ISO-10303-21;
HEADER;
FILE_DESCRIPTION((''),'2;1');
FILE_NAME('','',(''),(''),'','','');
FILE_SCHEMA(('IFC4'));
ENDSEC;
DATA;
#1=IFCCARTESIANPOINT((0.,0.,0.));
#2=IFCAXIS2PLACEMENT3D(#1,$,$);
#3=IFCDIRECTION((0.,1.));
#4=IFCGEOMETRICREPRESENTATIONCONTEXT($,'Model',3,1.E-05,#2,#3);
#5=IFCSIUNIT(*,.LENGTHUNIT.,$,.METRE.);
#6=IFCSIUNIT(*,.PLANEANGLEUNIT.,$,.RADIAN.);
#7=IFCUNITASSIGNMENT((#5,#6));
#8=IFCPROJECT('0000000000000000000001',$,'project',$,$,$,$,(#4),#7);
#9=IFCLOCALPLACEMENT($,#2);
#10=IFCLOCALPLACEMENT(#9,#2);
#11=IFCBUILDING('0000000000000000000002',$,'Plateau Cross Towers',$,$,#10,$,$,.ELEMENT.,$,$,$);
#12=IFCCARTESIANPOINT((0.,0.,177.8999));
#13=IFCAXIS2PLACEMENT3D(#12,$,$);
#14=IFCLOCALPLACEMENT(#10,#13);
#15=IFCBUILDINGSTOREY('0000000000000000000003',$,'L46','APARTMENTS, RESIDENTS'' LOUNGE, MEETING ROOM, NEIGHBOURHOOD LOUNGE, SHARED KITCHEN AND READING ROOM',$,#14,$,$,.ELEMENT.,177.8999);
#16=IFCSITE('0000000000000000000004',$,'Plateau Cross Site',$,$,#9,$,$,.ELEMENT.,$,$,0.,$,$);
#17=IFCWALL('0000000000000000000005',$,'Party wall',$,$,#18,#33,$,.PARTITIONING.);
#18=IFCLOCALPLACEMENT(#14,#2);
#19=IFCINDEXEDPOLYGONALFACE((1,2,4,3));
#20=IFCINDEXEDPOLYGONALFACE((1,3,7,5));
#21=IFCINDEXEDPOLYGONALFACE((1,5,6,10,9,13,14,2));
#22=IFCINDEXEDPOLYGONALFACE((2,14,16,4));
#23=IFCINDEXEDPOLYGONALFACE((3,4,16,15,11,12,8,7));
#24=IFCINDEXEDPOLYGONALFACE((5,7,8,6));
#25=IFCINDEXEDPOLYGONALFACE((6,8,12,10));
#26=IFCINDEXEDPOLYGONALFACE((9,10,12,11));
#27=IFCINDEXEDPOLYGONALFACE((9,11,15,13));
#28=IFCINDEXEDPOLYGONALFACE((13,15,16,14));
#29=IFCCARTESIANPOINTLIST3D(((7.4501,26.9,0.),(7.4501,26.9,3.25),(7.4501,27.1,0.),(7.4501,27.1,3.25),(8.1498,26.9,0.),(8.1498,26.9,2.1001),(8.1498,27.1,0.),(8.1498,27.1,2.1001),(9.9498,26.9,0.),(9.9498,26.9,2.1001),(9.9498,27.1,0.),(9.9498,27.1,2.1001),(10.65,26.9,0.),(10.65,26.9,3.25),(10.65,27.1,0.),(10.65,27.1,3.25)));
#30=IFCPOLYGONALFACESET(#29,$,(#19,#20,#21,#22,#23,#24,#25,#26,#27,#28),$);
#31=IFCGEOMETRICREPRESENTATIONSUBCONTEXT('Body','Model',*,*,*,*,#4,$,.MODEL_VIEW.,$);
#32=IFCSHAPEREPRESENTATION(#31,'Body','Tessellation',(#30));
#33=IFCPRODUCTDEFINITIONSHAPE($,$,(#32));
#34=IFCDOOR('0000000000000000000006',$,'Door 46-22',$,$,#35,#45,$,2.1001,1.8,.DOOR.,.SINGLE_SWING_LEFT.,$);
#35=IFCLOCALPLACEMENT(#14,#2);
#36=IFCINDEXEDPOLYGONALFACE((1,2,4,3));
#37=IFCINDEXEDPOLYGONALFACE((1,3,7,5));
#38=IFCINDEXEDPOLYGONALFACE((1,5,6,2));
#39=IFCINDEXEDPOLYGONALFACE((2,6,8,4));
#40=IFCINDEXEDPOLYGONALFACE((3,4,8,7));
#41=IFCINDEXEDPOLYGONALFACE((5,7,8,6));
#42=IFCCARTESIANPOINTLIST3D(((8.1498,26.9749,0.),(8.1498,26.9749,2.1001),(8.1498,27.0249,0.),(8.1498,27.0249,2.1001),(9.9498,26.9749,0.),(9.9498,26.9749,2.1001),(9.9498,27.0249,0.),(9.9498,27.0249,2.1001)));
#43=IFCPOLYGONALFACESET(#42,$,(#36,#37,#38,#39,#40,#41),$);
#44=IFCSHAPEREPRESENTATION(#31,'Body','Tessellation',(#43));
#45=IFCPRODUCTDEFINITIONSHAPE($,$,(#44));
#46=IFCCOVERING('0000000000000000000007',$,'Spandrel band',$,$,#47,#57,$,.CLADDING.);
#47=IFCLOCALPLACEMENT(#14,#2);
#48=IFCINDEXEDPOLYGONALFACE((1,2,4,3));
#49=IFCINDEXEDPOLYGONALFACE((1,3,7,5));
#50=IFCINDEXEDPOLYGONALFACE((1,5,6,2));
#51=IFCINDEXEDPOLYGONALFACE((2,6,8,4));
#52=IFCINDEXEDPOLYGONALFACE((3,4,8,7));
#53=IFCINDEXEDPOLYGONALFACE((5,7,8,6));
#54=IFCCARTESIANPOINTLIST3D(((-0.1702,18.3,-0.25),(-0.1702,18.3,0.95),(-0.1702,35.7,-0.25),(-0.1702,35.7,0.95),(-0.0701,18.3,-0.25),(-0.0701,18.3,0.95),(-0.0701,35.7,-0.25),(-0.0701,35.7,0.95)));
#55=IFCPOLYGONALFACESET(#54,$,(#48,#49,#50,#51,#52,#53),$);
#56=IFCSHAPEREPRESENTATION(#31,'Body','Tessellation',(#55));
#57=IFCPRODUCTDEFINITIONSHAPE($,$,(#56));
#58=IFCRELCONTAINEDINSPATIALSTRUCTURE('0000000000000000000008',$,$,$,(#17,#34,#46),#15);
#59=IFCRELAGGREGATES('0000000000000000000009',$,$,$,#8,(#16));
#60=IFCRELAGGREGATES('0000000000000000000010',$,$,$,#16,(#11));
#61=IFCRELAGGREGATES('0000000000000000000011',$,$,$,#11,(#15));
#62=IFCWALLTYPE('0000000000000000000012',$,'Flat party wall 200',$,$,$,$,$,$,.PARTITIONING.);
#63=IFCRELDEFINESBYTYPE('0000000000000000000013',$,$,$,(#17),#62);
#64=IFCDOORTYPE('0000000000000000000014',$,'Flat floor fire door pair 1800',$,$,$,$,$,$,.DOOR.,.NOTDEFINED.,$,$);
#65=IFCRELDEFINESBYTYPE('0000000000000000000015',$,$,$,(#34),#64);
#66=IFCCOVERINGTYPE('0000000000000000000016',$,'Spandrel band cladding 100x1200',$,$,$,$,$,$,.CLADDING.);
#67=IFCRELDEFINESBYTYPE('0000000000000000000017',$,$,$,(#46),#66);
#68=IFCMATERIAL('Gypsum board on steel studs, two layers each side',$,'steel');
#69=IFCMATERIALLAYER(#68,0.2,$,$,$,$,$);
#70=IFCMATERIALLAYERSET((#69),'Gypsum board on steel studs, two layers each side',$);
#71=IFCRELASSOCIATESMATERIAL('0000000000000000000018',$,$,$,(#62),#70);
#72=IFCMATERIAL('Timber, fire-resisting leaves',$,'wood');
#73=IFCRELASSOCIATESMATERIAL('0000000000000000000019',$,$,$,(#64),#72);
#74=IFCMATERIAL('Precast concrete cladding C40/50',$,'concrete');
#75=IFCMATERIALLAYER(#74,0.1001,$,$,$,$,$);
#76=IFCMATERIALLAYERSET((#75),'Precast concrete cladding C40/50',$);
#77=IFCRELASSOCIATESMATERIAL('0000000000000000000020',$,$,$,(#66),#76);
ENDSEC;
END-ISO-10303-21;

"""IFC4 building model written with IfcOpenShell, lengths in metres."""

from ifc_helpers import new_model, si_unit, direction, frame, frame_2d, origin, origin_2d, place, context, subcontext, project, spatial, rectangle, extrude, material, layer, layer_set, type_object, element, fill, save


model = new_model("IFC4")

# Units and contexts
model_context = context("Model", 3, precision=1e-05, world=origin(), true_north=direction((0.0, 1.0)))
body_context = subcontext(model_context, "Body", "Model", "MODEL_VIEW")
ifc_project = project(units=[si_unit("LENGTHUNIT", "METRE"), si_unit("PLANEANGLEUNIT", "RADIAN")], contexts=[model_context])

# Site, building, storey
site_placement = place(None, origin())
site = spatial("IfcSite", under=ifc_project, at=site_placement, Name="Plateau Cross Site", CompositionType="ELEMENT", RefElevation=0.0)
building_placement = place(site_placement, origin())
building = spatial("IfcBuilding", under=site, at=building_placement, Name="Plateau Cross Towers", CompositionType="ELEMENT")
storey_placement = place(building_placement, frame((0.0, 0.0, 177.8999)))
storey = spatial("IfcBuildingStorey", under=building, at=storey_placement, Name="L46", Description="APARTMENTS, RESIDENTS' LOUNGE, MEETING ROOM, NEIGHBOURHOOD LOUNGE, SHARED KITCHEN AND READING ROOM", CompositionType="ELEMENT", Elevation=177.8999)

# Shared definitions
ifc_material_1 = material(Name="Gypsum board on steel studs, two layers each side", Category="steel")
ifc_layer_1 = layer(ifc_material_1, 0.2)
ifc_layer_set_1 = layer_set([ifc_layer_1], Name="Gypsum board on steel studs, two layers each side")
wall_type_1 = type_object("IfcWallType", Name="Flat party wall 200", PredefinedType="PARTITIONING", material=ifc_layer_set_1)

# Wall, opening, door
wall_1_placement = place(storey_placement, frame((7.45, 27.0, 0.0), z_axis=(0.0, 0.0, 1.0), x_axis=(1.0, 0.0, 0.0)))
wall_1 = element("IfcWall", 1, at=wall_1_placement, inside=storey, type_object=wall_type_1, Name="Party wall", PredefinedType="PARTITIONING", context=body_context, shape_type="SweptSolid", body=[
    extrude(rectangle(XDim=3.2, YDim=0.2, at=frame_2d((1.6001, 0.0))), origin(), (0.0, 0.0, 1.0), 3.25),
])
opening_1_placement = place(wall_1_placement, frame((0.7, 0.0, 0.0)))
opening_1 = element("IfcOpeningElement", 2, at=opening_1_placement, cuts=wall_1, PredefinedType="OPENING", context=body_context, shape_type="SweptSolid", body=[
    extrude(rectangle(XDim=1.8, YDim=2.1001, at=frame_2d((0.8999, 1.05))), frame((0.0, 0.1099, 0.0), z_axis=(0.0, -1.0, 0.0), x_axis=(1.0, 0.0, 0.0)), (0.0, 0.0, 1.0), 0.22),
])
ifc_material_2 = material(Name="Timber, fire-resisting leaves", Category="wood")
door_type_1 = type_object("IfcDoorType", Name="Flat floor fire door pair 1800", OperationType="NOTDEFINED", PredefinedType="DOOR", material=ifc_material_2)
door_1_placement = place(opening_1_placement, origin())
door_1 = element("IfcDoor", 3, at=door_1_placement, inside=storey, type_object=door_type_1, Name="Door 46-22", OperationType="SINGLE_SWING_LEFT", OverallHeight=2.1001, OverallWidth=1.8, PredefinedType="DOOR", context=body_context, shape_type="SweptSolid", body=[
    extrude(rectangle(XDim=1.8, YDim=2.1001, at=frame_2d((0.8999, 1.05))), frame((0.0, 0.0249, 0.0), z_axis=(0.0, -1.0, 0.0), x_axis=(1.0, 0.0, 0.0)), (0.0, 0.0, 1.0), 0.05),
])
fill(opening_1, door_1)

# Covering
ifc_material_3 = material(Name="Precast concrete cladding C40/50", Category="concrete")
ifc_layer_2 = layer(ifc_material_3, 0.1001)
ifc_layer_set_2 = layer_set([ifc_layer_2], Name="Precast concrete cladding C40/50")
covering_type = type_object("IfcCoveringType", Name="Spandrel band cladding 100x1200", PredefinedType="CLADDING", material=ifc_layer_set_2)
covering_placement = place(storey_placement, frame((-0.1201, 27.0, -0.25), z_axis=(0.0, 0.0, 1.0), x_axis=(0.0, -1.0, 0.0)))
element("IfcCovering", 4, at=covering_placement, inside=storey, type_object=covering_type, Name="Spandrel band", PredefinedType="CLADDING", context=body_context, shape_type="SweptSolid", body=[
    extrude(rectangle(XDim=17.3999, YDim=0.1001, at=origin_2d()), origin(), (0.0, 0.0, 1.0), 1.2),
])

save(model, "model.ifc")
